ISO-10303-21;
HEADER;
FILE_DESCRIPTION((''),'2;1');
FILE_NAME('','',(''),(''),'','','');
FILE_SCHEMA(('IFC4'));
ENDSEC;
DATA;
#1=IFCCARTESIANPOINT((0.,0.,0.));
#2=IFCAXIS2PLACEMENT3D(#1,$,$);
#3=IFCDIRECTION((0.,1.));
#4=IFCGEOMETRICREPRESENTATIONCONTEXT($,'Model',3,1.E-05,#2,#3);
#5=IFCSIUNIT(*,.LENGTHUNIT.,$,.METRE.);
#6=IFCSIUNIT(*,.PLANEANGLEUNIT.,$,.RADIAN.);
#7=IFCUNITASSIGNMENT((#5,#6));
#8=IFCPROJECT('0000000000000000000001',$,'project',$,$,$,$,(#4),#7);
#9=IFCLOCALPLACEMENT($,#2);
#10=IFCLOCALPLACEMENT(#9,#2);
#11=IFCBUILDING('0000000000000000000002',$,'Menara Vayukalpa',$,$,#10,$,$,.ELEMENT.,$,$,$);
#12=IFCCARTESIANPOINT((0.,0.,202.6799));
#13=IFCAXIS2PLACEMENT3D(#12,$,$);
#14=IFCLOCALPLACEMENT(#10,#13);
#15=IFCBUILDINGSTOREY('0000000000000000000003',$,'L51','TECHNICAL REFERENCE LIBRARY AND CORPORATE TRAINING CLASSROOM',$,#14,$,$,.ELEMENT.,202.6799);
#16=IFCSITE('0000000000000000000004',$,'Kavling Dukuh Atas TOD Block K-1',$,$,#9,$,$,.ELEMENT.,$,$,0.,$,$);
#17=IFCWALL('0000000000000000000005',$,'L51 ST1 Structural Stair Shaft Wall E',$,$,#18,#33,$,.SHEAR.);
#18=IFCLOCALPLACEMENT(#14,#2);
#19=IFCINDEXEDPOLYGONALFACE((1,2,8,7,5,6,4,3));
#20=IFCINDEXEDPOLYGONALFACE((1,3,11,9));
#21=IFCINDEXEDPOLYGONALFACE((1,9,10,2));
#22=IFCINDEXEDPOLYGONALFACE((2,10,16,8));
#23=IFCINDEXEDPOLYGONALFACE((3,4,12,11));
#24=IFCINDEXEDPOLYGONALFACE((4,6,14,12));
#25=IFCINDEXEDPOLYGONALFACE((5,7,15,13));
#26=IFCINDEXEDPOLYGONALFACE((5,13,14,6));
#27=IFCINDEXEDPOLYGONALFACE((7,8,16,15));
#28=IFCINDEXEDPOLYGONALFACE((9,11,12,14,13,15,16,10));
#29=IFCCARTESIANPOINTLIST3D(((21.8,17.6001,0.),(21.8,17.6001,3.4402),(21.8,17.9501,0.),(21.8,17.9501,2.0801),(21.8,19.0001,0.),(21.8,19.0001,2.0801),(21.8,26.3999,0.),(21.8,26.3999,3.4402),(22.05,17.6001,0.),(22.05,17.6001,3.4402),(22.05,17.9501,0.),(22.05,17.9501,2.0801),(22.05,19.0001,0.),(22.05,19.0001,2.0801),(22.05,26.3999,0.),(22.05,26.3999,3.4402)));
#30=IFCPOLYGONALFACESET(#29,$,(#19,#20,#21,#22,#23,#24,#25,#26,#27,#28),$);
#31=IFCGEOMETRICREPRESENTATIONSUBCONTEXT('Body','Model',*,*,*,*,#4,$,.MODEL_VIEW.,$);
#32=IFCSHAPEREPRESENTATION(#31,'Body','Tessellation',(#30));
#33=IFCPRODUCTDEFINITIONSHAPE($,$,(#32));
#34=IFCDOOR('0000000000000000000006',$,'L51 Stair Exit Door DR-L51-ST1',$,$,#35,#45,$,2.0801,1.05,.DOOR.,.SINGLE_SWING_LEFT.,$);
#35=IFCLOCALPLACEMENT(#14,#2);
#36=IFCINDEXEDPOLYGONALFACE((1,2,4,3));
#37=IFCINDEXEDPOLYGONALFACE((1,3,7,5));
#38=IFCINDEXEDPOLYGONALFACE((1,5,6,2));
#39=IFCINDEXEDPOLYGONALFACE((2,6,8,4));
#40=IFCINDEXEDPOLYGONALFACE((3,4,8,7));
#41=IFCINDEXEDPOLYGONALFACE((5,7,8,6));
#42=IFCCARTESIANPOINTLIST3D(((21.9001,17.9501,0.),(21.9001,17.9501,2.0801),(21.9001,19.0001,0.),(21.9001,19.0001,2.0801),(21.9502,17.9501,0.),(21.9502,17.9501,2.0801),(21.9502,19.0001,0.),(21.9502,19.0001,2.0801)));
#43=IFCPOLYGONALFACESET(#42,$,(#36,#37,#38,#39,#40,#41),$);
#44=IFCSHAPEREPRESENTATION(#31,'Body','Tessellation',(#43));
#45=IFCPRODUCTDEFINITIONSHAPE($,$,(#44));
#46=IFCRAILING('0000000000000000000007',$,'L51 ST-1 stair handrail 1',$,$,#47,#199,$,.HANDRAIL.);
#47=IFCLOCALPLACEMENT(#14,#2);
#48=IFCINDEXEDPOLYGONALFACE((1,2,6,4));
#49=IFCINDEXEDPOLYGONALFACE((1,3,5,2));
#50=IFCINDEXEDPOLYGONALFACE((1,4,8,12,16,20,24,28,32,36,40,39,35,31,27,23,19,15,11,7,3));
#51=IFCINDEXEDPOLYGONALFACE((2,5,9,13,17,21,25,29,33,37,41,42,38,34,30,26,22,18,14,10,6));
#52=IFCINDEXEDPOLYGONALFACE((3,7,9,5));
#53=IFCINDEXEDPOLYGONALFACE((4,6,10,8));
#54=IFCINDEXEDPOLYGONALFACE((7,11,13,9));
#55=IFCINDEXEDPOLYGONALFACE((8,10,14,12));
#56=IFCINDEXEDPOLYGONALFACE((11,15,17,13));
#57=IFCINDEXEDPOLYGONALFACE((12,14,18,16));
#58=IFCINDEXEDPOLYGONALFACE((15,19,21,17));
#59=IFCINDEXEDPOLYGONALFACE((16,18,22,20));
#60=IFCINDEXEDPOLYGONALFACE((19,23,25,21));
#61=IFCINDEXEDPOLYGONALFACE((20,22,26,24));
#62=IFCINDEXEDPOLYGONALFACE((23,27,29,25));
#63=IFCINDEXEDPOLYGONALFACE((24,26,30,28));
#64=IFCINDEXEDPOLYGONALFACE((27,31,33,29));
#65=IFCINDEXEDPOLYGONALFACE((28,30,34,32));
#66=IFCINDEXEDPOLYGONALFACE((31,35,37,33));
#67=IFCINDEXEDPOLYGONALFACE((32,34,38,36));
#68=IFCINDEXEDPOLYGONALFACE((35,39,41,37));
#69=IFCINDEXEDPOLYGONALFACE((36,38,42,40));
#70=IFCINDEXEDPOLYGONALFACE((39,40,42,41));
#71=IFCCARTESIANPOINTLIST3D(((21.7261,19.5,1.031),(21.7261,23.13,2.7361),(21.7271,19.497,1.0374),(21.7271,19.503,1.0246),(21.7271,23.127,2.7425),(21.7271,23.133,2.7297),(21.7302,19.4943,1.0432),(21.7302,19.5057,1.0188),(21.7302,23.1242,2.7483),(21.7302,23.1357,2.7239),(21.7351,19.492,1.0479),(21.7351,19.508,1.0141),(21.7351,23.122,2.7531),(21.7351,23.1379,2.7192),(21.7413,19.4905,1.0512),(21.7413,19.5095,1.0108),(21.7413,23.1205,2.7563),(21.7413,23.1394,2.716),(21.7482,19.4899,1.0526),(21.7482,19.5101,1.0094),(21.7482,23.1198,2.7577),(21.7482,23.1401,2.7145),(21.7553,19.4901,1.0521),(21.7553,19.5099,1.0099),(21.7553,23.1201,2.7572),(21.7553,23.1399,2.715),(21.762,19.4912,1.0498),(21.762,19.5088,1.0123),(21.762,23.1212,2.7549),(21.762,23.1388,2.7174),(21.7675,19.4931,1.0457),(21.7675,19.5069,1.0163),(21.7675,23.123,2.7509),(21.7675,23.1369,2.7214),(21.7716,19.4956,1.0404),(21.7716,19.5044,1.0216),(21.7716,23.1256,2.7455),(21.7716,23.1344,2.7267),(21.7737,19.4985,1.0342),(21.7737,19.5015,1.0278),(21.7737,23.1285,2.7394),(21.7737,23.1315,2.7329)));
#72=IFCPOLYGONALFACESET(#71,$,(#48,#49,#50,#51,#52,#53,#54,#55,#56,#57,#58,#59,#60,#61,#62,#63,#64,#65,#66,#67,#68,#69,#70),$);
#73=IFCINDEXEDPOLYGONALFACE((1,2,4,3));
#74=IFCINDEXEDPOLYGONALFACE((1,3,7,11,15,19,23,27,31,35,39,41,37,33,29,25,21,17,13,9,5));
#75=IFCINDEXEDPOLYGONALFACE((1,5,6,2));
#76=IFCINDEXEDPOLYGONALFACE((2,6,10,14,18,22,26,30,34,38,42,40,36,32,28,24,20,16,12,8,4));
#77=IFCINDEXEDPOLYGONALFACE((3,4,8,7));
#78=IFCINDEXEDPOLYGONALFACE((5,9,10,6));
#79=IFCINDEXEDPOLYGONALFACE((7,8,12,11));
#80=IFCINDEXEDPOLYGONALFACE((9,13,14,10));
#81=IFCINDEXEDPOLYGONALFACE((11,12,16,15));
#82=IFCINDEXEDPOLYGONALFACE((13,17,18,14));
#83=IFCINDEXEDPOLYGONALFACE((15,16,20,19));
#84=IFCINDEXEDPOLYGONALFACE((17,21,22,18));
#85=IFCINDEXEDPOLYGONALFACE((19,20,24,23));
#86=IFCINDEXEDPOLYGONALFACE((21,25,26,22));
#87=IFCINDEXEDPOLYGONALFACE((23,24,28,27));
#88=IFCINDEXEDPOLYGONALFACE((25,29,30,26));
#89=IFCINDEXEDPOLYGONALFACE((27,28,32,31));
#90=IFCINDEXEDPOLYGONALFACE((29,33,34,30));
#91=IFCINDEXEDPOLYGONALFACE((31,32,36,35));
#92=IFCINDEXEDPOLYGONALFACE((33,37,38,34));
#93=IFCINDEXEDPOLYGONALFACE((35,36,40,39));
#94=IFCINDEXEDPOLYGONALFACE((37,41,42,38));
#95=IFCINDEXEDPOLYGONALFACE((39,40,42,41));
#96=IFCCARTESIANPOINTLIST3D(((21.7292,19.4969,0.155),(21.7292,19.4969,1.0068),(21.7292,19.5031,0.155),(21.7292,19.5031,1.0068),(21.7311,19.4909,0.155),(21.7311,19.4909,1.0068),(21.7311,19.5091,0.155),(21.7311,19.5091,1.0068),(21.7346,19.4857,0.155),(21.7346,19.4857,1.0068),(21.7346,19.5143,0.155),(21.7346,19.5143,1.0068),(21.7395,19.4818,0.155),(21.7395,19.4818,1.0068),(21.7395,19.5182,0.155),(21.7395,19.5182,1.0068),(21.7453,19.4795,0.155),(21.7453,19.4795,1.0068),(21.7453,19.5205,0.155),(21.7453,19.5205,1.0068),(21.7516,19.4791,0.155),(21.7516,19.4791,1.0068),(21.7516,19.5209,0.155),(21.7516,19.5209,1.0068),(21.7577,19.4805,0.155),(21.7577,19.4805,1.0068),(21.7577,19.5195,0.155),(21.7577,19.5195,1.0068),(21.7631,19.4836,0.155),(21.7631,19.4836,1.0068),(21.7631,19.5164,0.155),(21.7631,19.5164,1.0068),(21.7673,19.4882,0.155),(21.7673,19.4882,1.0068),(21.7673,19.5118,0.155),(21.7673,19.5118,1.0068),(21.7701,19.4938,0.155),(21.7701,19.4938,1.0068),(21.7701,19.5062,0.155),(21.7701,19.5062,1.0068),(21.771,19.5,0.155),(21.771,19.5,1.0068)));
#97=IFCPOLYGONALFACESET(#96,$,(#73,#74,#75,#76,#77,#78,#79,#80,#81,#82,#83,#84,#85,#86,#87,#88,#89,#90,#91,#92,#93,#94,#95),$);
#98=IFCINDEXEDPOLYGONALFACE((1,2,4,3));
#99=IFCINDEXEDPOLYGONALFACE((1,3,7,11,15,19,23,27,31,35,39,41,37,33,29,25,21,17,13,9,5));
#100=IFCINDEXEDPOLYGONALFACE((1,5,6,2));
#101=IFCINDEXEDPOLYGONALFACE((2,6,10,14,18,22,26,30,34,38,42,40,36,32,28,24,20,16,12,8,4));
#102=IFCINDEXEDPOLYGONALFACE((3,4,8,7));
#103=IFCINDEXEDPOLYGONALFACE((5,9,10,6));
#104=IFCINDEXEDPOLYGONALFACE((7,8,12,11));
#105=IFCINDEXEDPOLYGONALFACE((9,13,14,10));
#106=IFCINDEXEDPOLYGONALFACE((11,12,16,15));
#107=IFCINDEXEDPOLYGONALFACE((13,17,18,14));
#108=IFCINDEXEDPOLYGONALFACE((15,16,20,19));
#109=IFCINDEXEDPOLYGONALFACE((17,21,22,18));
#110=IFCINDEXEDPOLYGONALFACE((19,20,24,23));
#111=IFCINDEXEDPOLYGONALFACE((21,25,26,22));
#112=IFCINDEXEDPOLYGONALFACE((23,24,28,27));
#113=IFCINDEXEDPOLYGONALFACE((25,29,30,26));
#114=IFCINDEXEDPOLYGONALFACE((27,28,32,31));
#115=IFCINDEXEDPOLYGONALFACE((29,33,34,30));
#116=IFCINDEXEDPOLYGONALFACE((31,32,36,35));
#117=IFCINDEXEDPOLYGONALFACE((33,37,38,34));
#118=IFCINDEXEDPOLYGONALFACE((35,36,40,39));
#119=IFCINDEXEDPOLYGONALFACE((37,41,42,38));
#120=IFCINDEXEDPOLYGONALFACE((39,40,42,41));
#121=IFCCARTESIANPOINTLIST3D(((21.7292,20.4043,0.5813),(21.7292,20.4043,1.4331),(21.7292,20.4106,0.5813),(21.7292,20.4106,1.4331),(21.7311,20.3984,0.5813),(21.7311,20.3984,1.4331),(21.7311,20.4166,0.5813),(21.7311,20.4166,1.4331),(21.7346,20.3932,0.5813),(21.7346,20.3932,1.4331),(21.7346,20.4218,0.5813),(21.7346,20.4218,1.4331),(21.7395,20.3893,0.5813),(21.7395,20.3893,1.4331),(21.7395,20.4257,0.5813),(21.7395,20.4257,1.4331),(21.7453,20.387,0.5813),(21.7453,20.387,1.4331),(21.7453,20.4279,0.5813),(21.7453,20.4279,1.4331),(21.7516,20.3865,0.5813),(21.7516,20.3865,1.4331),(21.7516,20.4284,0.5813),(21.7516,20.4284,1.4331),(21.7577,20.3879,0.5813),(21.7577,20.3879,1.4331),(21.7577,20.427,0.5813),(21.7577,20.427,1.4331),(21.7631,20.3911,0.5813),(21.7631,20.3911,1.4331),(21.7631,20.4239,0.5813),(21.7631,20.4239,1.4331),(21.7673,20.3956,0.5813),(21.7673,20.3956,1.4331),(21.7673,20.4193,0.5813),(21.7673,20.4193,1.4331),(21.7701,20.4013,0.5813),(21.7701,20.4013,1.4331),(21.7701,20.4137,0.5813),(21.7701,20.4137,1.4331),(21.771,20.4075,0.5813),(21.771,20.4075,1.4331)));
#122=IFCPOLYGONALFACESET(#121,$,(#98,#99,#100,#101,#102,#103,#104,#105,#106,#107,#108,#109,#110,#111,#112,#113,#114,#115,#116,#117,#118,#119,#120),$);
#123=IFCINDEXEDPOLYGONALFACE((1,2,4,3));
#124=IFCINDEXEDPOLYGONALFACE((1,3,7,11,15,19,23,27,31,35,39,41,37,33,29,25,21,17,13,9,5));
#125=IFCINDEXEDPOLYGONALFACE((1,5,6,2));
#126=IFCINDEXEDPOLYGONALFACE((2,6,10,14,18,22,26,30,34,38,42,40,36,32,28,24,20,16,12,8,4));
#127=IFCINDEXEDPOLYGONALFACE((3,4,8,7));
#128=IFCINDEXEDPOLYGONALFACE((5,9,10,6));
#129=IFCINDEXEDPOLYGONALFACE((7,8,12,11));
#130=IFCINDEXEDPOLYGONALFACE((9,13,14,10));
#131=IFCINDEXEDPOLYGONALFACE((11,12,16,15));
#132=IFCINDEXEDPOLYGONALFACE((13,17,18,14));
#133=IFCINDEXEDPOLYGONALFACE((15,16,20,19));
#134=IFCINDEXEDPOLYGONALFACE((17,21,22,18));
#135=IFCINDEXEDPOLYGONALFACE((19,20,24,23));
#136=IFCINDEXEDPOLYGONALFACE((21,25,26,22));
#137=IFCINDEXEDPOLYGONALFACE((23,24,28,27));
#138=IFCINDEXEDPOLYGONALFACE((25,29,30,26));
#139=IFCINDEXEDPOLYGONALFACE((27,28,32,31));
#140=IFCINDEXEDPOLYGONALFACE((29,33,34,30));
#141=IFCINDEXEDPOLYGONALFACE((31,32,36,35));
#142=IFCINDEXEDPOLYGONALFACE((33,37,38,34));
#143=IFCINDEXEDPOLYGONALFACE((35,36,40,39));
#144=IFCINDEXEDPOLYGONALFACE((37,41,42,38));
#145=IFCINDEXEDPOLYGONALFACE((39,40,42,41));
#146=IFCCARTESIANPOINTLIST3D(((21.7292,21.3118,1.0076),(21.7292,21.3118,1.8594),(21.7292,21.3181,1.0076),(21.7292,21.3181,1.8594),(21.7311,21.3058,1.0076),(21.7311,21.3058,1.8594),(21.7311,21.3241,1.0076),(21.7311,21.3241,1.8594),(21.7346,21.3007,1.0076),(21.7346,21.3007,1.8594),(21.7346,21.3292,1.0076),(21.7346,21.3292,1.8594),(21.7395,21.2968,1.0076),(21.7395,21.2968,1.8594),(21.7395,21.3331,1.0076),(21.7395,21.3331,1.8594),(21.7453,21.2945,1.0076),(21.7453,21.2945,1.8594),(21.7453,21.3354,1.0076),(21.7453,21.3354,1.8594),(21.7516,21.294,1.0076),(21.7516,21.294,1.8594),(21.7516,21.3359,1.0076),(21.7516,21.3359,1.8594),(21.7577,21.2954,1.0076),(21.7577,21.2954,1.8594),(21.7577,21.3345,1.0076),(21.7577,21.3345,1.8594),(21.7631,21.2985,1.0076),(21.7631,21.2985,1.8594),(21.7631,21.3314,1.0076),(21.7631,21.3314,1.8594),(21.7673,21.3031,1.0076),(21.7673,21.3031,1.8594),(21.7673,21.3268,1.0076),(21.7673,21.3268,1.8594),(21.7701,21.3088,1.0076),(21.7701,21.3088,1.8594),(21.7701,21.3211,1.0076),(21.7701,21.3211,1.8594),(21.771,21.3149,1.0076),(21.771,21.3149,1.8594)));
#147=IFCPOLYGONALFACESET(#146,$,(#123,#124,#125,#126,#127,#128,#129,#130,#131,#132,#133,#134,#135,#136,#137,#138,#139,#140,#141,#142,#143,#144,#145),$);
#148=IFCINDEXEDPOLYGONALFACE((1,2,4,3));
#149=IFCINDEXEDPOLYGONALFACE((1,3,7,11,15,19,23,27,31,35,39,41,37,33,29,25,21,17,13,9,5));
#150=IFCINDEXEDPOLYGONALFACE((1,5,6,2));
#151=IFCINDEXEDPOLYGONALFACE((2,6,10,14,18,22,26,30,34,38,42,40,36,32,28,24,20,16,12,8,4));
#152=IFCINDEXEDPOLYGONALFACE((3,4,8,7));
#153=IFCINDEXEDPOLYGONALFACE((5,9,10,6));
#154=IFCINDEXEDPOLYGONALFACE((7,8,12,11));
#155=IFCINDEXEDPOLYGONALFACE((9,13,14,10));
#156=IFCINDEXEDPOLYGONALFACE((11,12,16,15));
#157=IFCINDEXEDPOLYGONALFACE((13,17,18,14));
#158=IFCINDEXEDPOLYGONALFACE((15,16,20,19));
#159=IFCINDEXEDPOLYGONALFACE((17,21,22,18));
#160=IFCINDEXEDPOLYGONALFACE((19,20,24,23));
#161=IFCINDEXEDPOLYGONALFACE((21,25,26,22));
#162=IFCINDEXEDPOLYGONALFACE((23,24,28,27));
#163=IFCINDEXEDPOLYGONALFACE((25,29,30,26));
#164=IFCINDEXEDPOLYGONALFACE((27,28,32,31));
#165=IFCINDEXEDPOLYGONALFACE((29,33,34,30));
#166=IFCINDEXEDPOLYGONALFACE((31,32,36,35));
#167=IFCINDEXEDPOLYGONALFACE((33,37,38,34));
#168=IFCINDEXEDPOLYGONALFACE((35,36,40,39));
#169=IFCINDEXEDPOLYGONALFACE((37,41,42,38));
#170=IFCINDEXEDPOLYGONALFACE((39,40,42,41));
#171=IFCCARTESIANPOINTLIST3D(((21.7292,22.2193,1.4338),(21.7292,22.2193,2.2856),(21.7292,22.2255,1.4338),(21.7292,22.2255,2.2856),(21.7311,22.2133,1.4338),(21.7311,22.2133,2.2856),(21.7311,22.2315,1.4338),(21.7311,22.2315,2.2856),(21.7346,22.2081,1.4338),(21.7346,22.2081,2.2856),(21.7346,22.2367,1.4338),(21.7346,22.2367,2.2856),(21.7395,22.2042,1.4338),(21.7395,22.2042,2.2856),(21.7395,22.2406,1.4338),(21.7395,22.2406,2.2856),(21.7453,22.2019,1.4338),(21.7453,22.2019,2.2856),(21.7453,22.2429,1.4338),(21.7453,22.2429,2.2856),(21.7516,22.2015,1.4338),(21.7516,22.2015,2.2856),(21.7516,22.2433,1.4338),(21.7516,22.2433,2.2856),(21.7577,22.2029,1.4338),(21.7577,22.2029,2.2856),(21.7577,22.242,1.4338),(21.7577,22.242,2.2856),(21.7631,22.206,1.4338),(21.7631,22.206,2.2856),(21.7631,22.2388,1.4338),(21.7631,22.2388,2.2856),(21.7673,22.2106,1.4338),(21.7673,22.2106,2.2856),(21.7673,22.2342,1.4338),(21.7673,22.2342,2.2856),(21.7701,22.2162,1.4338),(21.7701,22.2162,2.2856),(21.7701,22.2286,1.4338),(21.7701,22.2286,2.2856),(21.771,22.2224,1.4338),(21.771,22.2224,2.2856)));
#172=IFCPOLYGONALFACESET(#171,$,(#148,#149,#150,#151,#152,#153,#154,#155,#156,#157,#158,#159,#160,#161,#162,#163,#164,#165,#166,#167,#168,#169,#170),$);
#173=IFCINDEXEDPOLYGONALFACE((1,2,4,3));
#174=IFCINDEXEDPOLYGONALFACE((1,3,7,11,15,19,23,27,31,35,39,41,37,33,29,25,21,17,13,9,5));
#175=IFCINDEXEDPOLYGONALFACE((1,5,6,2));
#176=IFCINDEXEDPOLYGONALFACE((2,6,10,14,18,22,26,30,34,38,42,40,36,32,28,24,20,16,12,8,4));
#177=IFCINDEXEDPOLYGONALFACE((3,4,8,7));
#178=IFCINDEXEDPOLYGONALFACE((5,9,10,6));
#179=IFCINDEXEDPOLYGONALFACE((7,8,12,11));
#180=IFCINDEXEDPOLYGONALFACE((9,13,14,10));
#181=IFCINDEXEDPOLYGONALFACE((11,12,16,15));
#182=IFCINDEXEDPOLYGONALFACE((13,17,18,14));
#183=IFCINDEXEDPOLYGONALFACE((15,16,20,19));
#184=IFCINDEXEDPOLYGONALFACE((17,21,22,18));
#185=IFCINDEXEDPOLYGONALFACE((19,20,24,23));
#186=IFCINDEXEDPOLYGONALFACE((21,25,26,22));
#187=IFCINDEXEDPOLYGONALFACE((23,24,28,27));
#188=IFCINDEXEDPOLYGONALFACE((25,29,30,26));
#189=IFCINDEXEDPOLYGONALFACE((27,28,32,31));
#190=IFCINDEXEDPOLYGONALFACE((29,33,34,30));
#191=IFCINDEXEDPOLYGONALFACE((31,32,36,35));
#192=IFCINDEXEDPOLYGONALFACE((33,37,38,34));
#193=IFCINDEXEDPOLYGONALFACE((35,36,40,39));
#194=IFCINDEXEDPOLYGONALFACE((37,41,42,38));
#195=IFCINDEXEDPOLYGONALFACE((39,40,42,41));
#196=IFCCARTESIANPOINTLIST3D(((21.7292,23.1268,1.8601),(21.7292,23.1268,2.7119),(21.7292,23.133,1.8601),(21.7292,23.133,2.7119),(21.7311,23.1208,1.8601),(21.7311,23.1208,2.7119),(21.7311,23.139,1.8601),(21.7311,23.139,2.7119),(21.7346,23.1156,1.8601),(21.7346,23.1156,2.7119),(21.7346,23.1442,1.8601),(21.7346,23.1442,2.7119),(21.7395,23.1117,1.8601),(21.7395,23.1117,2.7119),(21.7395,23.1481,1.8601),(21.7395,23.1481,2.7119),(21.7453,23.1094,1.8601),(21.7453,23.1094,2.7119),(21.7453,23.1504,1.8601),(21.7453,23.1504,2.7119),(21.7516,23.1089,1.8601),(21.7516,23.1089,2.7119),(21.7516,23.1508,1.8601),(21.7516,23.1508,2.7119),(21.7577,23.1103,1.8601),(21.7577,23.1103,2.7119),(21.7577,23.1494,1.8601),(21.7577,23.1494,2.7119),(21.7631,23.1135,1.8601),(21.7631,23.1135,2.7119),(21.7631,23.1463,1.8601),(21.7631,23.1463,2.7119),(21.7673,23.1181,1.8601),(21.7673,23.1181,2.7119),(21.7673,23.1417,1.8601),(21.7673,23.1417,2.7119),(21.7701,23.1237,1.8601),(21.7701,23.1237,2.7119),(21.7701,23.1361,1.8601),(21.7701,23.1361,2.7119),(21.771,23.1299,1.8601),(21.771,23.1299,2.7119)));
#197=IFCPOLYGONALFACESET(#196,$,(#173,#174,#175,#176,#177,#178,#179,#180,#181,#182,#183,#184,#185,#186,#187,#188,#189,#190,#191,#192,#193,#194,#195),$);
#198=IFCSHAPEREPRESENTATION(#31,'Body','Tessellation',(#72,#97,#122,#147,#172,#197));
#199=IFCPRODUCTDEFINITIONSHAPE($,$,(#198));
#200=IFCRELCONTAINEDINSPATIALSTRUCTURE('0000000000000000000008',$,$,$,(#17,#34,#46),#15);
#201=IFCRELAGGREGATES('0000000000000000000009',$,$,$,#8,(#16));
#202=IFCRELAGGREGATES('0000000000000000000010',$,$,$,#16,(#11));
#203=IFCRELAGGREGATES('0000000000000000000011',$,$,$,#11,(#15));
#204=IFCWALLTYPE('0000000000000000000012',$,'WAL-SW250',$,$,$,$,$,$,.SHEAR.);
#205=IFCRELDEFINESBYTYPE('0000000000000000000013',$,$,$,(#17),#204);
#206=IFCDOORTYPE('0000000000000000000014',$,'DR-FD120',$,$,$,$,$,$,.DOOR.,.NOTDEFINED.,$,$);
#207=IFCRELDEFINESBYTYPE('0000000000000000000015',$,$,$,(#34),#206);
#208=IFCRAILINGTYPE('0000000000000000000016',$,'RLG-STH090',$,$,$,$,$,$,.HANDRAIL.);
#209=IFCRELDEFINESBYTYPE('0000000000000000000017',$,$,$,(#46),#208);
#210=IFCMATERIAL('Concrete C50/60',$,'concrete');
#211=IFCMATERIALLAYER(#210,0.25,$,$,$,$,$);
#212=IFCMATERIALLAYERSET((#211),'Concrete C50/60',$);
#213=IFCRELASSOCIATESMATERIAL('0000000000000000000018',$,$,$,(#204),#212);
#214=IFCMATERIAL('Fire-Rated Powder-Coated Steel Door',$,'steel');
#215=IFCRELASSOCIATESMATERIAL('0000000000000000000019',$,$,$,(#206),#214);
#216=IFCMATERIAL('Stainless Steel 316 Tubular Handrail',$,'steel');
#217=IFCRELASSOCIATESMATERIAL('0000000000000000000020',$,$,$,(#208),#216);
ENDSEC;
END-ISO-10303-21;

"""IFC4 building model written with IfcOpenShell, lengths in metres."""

from ifc_helpers import new_model, si_unit, direction, frame, frame_2d, origin, origin_2d, place, context, subcontext, project, spatial, rectangle, circle, extrude, material, layer, layer_set, type_object, element, fill, save


model = new_model("IFC4")

# Units and contexts
model_context = context("Model", 3, precision=1e-05, world=origin(), true_north=direction((0.0, 1.0)))
body_context = subcontext(model_context, "Body", "Model", "MODEL_VIEW")
ifc_project = project(units=[si_unit("LENGTHUNIT", "METRE"), si_unit("PLANEANGLEUNIT", "RADIAN")], contexts=[model_context])

# Site, building, storey
site_placement = place(None, origin())
site = spatial("IfcSite", under=ifc_project, at=site_placement, Name="Kavling Dukuh Atas TOD Block K-1", CompositionType="ELEMENT", RefElevation=0.0)
building_placement = place(site_placement, origin())
building = spatial("IfcBuilding", under=site, at=building_placement, Name="Menara Vayukalpa", CompositionType="ELEMENT")
storey_placement = place(building_placement, frame((0.0, 0.0, 202.6799)))
storey = spatial("IfcBuildingStorey", under=building, at=storey_placement, Name="L51", Description="TECHNICAL REFERENCE LIBRARY AND CORPORATE TRAINING CLASSROOM", CompositionType="ELEMENT", Elevation=202.6799)

# Wall, opening, door
ifc_material_1 = material(Name="Concrete C50/60", Category="concrete")
ifc_layer_1 = layer(ifc_material_1, 0.25)
ifc_layer_set_1 = layer_set([ifc_layer_1], Name="Concrete C50/60")
wall_type_1 = type_object("IfcWallType", Name="WAL-SW250", PredefinedType="SHEAR", material=ifc_layer_set_1)
wall_1_placement = place(storey_placement, frame((21.925, 17.6001, 0.0), z_axis=(0.0, 0.0, 1.0), x_axis=(0.0, 1.0, 0.0)))
wall_1 = element("IfcWall", 1, at=wall_1_placement, inside=storey, type_object=wall_type_1, Name="L51 ST1 Structural Stair Shaft Wall E", PredefinedType="SHEAR", context=body_context, shape_type="SweptSolid", body=[
    extrude(rectangle(XDim=8.7998, YDim=0.25, at=frame_2d((4.3999, 0.0))), origin(), (0.0, 0.0, 1.0), 3.4402),
])
opening_1_placement = place(wall_1_placement, frame((0.3501, 0.0, 0.0)))
opening_1 = element("IfcOpeningElement", 2, at=opening_1_placement, cuts=wall_1, PredefinedType="OPENING", context=body_context, shape_type="SweptSolid", body=[
    extrude(rectangle(XDim=1.05, YDim=2.0801, at=frame_2d((0.5249, 1.04))), frame((0.0, 0.135, 0.0), z_axis=(0.0, -1.0, 0.0), x_axis=(1.0, 0.0, 0.0)), (0.0, 0.0, 1.0), 0.27),
])
ifc_material_2 = material(Name="Fire-Rated Powder-Coated Steel Door", Category="steel")
door_type_1 = type_object("IfcDoorType", Name="DR-FD120", OperationType="NOTDEFINED", PredefinedType="DOOR", material=ifc_material_2)
door_1_placement = place(opening_1_placement, origin())
door_1 = element("IfcDoor", 3, at=door_1_placement, inside=storey, type_object=door_type_1, Name="L51 Stair Exit Door DR-L51-ST1", OperationType="SINGLE_SWING_LEFT", OverallHeight=2.0801, OverallWidth=1.05, PredefinedType="DOOR", context=body_context, shape_type="SweptSolid", body=[
    extrude(rectangle(XDim=1.05, YDim=2.0801, at=frame_2d((0.5249, 1.04))), frame((0.0, 0.0249, 0.0), z_axis=(0.0, -1.0, 0.0), x_axis=(1.0, 0.0, 0.0)), (0.0, 0.0, 1.0), 0.05),
])
fill(opening_1, door_1)

# Railing
ifc_material_3 = material(Name="Stainless Steel 316 Tubular Handrail", Category="steel")
railing_type = type_object("IfcRailingType", Name="RLG-STH090", PredefinedType="HANDRAIL", material=ifc_material_3)
railing_placement = place(storey_placement, frame((21.75, 19.5, 0.155)))
element("IfcRailing", 4, at=railing_placement, inside=storey, type_object=railing_type, Name="L51 ST-1 stair handrail 1", PredefinedType="HANDRAIL", context=body_context, shape_type="SweptSolid", body=[
    extrude(circle(Radius=0.0239, at=origin_2d()), frame((0.0, 0.0, 0.876), z_axis=(0.0, 0.905116, 0.425164), x_axis=(-1.0, 0.0, 0.0)), (0.0, 0.0, 1.0), 4.0105),
    extrude(circle(Radius=0.021, at=origin_2d()), origin(), (0.0, 0.0, 1.0), 0.8518),
    extrude(circle(Radius=0.021, at=origin_2d()), frame((0.0, 0.9075, 0.4263)), (0.0, 0.0, 1.0), 0.8518),
    extrude(circle(Radius=0.021, at=origin_2d()), frame((0.0, 1.8149, 0.8525)), (0.0, 0.0, 1.0), 0.8518),
    extrude(circle(Radius=0.021, at=origin_2d()), frame((0.0, 2.7224, 1.2788)), (0.0, 0.0, 1.0), 0.8518),
    extrude(circle(Radius=0.021, at=origin_2d()), frame((0.0, 3.6299, 1.7051)), (0.0, 0.0, 1.0), 0.8518),
])

save(model, "model.ifc")
